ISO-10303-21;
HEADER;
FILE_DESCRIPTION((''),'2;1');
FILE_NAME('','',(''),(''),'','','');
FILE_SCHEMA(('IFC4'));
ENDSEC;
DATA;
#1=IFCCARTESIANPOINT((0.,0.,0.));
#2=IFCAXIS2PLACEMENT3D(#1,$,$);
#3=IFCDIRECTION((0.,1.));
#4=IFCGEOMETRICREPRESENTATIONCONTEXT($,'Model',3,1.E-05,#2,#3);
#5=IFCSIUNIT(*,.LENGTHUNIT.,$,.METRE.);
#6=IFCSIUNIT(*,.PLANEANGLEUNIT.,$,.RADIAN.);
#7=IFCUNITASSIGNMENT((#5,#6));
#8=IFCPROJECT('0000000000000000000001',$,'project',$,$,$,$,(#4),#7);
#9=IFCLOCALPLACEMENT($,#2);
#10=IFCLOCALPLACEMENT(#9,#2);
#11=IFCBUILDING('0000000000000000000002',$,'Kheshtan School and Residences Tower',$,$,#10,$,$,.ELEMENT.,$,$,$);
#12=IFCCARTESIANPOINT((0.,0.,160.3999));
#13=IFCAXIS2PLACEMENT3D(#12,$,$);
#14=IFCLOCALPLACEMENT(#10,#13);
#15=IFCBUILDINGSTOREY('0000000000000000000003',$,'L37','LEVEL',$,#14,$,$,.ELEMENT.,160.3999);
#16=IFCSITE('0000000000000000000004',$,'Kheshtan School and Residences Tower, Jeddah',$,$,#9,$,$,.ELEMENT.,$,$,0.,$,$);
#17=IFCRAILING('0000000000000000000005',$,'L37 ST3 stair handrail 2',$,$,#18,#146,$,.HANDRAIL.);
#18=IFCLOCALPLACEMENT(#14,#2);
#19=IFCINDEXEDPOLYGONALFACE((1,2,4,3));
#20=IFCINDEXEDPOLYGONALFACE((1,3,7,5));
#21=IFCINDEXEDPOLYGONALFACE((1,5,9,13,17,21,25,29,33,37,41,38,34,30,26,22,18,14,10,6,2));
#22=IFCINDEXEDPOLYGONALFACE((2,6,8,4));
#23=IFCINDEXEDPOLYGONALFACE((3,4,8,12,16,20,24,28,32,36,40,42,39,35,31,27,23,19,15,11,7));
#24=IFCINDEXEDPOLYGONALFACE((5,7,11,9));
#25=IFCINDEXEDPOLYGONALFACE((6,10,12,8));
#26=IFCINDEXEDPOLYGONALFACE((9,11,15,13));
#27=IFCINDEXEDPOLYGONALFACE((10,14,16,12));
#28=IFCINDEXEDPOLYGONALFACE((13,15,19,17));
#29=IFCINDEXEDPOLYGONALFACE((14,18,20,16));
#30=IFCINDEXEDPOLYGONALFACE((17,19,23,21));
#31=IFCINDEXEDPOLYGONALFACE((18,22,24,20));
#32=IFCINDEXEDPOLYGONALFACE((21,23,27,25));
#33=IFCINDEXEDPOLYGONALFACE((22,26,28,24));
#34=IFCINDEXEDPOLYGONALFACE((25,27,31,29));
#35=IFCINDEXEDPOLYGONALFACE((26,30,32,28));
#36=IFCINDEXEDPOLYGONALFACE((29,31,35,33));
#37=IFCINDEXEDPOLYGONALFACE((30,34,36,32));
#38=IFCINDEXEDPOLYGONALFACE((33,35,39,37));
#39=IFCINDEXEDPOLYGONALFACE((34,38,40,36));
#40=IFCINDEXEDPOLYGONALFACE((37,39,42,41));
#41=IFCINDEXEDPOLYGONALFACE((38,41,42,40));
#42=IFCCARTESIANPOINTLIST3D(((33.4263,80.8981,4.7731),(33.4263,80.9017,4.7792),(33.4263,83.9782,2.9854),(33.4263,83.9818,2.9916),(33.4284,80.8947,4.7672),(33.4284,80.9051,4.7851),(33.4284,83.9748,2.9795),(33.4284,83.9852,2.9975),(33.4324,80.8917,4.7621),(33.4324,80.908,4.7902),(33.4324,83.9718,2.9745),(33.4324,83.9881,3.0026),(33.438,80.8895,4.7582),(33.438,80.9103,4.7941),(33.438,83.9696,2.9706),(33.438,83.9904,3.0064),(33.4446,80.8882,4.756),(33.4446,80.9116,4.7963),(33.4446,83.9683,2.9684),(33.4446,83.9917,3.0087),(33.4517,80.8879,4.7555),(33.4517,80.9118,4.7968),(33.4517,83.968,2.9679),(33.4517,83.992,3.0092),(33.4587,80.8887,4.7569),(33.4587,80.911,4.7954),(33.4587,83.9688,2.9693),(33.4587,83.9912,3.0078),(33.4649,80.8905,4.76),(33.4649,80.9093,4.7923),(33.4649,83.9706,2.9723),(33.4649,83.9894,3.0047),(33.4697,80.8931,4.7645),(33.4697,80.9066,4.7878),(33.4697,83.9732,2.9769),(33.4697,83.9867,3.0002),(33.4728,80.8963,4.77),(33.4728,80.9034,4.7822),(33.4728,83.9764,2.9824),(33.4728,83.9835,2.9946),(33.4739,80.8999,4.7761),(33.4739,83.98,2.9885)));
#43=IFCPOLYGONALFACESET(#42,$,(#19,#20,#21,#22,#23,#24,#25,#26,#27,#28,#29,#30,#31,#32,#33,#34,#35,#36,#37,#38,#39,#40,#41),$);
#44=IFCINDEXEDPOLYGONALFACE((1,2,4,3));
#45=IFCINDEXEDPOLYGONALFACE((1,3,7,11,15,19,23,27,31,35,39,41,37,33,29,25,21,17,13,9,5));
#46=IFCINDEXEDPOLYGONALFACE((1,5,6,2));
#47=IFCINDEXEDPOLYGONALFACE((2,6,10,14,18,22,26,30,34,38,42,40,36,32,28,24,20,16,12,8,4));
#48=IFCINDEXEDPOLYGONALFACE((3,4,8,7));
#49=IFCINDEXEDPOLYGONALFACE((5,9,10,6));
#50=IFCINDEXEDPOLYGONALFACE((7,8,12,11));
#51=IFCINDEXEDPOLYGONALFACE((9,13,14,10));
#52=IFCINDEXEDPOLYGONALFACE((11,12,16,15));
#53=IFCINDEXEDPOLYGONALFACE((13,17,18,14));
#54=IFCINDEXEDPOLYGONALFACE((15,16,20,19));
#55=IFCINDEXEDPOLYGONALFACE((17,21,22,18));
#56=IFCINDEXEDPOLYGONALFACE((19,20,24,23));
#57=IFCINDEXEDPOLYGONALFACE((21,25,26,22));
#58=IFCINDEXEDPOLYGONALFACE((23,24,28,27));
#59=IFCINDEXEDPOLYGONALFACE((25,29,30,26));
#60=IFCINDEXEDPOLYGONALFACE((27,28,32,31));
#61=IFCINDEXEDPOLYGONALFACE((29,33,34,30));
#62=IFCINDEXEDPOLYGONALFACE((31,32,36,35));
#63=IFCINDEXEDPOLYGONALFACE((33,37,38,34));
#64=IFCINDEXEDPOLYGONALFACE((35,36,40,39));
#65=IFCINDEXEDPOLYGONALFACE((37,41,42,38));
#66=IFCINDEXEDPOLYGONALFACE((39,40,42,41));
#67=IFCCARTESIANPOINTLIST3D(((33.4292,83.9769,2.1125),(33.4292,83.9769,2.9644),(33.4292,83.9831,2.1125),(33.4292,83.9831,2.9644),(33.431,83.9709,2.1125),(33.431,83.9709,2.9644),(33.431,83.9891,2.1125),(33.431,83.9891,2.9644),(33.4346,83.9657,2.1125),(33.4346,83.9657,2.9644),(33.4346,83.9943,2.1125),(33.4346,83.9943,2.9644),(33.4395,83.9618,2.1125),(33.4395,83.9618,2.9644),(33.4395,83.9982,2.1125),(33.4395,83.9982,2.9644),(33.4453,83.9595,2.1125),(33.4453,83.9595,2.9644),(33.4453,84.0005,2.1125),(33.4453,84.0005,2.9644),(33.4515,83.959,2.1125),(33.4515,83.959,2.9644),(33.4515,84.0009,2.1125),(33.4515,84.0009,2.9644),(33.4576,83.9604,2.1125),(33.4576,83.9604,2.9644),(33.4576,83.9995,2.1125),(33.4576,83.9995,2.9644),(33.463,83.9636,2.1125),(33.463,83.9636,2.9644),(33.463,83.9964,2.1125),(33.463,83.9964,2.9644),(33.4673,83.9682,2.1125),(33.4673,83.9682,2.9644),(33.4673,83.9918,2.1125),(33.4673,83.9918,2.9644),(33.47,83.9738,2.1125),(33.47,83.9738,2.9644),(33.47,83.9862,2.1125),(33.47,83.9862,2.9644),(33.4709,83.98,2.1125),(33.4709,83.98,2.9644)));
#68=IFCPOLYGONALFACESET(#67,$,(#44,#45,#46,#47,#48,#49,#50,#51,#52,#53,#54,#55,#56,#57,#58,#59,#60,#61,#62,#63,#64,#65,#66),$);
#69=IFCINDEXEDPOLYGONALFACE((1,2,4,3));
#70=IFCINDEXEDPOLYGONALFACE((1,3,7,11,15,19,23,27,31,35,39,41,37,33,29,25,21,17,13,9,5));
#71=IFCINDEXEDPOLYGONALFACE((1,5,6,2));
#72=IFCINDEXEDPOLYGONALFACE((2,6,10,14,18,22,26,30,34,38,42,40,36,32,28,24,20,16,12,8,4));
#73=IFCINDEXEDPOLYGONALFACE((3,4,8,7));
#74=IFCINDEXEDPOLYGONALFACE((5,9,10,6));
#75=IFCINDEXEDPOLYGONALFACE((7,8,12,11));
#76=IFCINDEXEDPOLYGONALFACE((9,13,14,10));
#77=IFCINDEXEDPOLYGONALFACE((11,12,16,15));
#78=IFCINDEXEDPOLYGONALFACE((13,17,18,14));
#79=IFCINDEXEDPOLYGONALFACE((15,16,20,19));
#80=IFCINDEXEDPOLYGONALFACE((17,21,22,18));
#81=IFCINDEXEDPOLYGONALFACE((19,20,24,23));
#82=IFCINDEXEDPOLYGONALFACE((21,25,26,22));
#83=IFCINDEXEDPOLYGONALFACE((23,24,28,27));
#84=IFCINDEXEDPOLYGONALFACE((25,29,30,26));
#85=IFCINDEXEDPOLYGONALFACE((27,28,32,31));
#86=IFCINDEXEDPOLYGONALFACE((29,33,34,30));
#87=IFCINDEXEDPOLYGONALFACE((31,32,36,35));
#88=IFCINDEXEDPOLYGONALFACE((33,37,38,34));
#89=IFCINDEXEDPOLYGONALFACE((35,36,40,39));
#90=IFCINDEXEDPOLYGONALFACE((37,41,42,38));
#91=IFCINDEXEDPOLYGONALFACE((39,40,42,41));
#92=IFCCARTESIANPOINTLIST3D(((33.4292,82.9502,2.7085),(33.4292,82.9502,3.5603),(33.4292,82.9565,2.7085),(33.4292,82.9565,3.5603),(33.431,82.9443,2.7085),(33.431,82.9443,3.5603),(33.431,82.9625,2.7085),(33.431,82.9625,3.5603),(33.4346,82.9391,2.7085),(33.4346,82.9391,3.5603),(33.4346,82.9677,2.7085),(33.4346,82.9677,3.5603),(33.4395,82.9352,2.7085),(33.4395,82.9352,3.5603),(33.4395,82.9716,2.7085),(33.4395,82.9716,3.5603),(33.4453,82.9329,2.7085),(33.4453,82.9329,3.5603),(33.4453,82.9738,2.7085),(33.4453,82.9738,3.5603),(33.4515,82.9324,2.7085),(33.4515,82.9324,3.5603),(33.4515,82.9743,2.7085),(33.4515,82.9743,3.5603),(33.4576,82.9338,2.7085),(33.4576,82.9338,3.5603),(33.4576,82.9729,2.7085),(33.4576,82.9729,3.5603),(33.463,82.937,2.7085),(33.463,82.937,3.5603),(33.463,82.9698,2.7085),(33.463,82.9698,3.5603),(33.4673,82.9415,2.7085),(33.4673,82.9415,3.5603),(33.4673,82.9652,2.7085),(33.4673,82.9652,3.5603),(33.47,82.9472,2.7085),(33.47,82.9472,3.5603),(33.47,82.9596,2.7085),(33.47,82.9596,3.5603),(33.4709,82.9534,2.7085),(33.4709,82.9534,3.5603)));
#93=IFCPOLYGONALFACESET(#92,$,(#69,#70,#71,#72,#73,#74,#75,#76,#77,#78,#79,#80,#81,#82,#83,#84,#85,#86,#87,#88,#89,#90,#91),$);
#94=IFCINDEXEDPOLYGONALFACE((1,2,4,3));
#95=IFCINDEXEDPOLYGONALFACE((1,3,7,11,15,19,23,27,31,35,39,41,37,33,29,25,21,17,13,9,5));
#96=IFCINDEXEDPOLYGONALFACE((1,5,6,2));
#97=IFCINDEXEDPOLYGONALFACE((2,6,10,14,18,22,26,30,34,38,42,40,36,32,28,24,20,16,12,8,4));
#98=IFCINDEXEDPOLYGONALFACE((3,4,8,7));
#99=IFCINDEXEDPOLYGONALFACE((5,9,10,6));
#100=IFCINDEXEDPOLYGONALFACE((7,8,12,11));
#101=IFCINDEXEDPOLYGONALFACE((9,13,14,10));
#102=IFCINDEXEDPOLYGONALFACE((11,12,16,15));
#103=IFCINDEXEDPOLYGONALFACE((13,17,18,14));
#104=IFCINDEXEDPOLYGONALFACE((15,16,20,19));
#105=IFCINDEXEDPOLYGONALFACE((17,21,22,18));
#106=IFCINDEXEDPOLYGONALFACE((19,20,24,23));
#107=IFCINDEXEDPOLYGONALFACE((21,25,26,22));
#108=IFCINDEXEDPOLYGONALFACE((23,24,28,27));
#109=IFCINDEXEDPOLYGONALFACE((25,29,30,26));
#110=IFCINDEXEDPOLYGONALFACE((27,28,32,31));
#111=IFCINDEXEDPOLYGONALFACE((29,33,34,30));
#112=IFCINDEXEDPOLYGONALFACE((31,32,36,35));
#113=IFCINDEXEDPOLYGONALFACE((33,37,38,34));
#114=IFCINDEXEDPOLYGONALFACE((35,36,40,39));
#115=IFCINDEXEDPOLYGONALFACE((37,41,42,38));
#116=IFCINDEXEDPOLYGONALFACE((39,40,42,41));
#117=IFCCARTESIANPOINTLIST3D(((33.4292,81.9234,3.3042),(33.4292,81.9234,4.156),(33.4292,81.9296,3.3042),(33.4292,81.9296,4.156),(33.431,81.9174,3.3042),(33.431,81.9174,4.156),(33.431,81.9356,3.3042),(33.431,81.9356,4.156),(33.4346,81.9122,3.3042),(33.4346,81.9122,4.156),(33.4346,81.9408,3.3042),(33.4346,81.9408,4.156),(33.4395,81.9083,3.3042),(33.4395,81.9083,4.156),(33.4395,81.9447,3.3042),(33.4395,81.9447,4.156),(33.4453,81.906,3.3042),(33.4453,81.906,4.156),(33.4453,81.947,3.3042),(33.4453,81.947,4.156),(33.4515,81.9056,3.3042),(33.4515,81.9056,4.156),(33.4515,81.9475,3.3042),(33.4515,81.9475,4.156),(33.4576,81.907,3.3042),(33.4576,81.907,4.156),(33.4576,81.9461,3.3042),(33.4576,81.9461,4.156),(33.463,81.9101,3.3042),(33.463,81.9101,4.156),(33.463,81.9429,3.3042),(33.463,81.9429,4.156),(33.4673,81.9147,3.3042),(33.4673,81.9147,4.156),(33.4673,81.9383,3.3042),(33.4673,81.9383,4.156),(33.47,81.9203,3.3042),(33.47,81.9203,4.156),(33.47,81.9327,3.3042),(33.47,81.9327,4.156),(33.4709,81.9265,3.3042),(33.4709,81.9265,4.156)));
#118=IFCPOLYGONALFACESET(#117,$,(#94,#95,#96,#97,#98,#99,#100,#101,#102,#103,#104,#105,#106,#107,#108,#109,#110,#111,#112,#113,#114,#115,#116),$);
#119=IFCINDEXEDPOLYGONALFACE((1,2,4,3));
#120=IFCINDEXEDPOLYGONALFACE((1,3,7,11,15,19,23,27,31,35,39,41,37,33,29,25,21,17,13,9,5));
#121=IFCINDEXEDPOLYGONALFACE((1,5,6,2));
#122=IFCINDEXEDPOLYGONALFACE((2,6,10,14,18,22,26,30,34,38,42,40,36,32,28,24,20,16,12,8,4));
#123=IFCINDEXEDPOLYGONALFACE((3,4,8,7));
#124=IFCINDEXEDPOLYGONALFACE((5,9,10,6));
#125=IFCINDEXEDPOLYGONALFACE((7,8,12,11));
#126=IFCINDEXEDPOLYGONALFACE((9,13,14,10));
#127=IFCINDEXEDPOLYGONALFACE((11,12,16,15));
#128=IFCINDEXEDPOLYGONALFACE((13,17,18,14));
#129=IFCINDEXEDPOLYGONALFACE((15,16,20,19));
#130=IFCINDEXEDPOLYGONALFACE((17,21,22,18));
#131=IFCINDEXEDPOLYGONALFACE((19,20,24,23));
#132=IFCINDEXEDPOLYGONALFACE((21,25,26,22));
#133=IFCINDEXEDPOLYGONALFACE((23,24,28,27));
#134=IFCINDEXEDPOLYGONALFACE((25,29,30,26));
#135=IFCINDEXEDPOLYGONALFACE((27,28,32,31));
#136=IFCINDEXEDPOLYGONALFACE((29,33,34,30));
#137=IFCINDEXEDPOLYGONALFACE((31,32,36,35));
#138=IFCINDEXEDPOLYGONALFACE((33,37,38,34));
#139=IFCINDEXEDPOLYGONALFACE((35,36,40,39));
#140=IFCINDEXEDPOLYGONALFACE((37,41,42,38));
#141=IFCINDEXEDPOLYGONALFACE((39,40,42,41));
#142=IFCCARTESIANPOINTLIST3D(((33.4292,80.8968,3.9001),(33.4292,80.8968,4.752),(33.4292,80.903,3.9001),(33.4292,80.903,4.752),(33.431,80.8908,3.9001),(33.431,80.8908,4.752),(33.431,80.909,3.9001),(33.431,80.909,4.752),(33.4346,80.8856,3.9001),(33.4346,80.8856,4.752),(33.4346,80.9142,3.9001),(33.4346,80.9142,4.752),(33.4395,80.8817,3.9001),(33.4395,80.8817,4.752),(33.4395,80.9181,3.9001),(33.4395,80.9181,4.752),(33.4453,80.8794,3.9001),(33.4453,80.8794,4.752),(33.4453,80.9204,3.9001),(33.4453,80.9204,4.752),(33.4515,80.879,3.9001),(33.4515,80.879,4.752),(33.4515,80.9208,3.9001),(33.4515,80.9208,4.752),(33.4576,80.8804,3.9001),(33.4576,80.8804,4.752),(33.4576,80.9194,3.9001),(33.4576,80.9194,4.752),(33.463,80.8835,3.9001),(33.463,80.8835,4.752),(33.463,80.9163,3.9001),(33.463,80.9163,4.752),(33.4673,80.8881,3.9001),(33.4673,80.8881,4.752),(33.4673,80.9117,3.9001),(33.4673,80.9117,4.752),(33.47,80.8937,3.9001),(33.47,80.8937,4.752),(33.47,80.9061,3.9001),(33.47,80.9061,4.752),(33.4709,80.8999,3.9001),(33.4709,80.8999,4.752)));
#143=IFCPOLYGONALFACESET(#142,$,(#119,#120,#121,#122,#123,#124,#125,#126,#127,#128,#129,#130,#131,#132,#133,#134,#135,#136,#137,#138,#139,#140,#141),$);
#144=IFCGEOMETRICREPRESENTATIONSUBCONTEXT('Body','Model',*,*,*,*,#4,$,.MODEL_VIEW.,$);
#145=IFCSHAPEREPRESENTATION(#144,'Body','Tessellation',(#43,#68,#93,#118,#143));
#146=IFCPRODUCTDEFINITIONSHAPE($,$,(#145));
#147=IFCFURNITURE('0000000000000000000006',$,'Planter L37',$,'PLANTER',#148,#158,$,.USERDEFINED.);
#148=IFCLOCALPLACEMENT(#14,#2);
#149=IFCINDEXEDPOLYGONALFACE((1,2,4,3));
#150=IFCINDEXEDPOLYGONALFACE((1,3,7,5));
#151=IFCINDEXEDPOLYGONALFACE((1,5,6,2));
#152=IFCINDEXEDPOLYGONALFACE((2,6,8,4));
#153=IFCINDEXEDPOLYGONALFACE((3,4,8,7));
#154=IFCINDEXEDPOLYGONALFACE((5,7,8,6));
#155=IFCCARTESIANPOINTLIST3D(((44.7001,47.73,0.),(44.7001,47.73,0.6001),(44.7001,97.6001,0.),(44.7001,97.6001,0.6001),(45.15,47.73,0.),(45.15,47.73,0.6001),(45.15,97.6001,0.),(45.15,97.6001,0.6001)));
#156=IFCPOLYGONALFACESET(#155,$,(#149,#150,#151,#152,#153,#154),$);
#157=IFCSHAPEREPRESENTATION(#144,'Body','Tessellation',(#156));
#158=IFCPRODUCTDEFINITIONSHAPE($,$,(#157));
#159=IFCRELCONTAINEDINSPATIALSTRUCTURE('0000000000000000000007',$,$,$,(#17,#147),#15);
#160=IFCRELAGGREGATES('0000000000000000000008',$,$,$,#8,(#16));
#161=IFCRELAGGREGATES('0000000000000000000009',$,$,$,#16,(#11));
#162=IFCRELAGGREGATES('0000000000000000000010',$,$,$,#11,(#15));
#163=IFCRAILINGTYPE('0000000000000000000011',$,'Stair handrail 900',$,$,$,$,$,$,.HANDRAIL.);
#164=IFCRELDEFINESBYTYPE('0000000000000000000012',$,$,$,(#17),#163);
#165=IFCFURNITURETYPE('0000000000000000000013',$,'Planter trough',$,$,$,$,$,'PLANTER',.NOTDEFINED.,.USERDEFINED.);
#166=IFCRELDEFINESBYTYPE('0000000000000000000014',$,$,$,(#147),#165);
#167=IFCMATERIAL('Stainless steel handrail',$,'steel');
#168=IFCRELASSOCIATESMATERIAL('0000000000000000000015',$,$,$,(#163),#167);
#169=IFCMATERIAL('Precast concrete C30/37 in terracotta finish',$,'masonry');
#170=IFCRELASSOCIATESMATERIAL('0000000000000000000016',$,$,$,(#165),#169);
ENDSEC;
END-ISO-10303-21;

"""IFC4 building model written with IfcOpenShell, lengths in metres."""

from ifc_helpers import new_model, si_unit, direction, frame, origin, origin_2d, place, context, subcontext, project, spatial, rectangle, circle, extrude, material, type_object, element, save


model = new_model("IFC4")

# Units and contexts
model_context = context("Model", 3, precision=1e-05, world=origin(), true_north=direction((0.0, 1.0)))
body_context = subcontext(model_context, "Body", "Model", "MODEL_VIEW")
ifc_project = project(units=[si_unit("LENGTHUNIT", "METRE"), si_unit("PLANEANGLEUNIT", "RADIAN")], contexts=[model_context])

# Site, building, storey
site_placement = place(None, origin())
site = spatial("IfcSite", under=ifc_project, at=site_placement, Name="Kheshtan School and Residences Tower, Jeddah", CompositionType="ELEMENT", RefElevation=0.0)
building_placement = place(site_placement, origin())
building = spatial("IfcBuilding", under=site, at=building_placement, Name="Kheshtan School and Residences Tower", CompositionType="ELEMENT")
storey_placement = place(building_placement, frame((0.0, 0.0, 160.3999)))
storey = spatial("IfcBuildingStorey", under=building, at=storey_placement, Name="L37", Description="LEVEL", CompositionType="ELEMENT", Elevation=160.3999)

# Railing
ifc_material_1 = material(Name="Stainless steel handrail", Category="steel")
railing_type_1 = type_object("IfcRailingType", Name="Stair handrail 900", PredefinedType="HANDRAIL", material=ifc_material_1)
railing_1_placement = place(storey_placement, frame((33.45, 83.98, 2.1125)))
element("IfcRailing", 1, at=railing_1_placement, inside=storey, type_object=railing_type_1, Name="L37 ST3 stair handrail 2", PredefinedType="HANDRAIL", context=body_context, shape_type="SweptSolid", body=[
    extrude(circle(Radius=0.0239, at=origin_2d()), frame((0.0, 0.0, 0.876), z_axis=(0.0, -0.864891, 0.50196), x_axis=(1.0, 0.0, 0.0)), (0.0, 0.0, 1.0), 3.5613),
    extrude(circle(Radius=0.021, at=origin_2d()), origin(), (0.0, 0.0, 1.0), 0.8518),
    extrude(circle(Radius=0.021, at=origin_2d()), frame((0.0, -1.0266, 0.5959)), (0.0, 0.0, 1.0), 0.8518),
    extrude(circle(Radius=0.021, at=origin_2d()), frame((0.0, -2.0535, 1.1917)), (0.0, 0.0, 1.0), 0.8518),
    extrude(circle(Radius=0.021, at=origin_2d()), frame((0.0, -3.0801, 1.7876)), (0.0, 0.0, 1.0), 0.8518),
])

# Furniture
ifc_material_2 = material(Name="Precast concrete C30/37 in terracotta finish", Category="masonry")
furniture_type = type_object("IfcFurnitureType", Name="Planter trough", ElementType="PLANTER", AssemblyPlace="NOTDEFINED", PredefinedType="USERDEFINED", material=ifc_material_2)
furniture_placement = place(storey_placement, frame((44.925, 72.665, 0.0), z_axis=(0.0, 0.0, 1.0), x_axis=(0.0, -1.0, 0.0)))
element("IfcFurniture", 2, at=furniture_placement, inside=storey, type_object=furniture_type, Name="Planter L37", ObjectType="PLANTER", PredefinedType="USERDEFINED", context=body_context, shape_type="SweptSolid", body=[
    extrude(rectangle(XDim=49.8701, YDim=0.45, at=origin_2d()), origin(), (0.0, 0.0, 1.0), 0.6001),
])

save(model, "model.ifc")
